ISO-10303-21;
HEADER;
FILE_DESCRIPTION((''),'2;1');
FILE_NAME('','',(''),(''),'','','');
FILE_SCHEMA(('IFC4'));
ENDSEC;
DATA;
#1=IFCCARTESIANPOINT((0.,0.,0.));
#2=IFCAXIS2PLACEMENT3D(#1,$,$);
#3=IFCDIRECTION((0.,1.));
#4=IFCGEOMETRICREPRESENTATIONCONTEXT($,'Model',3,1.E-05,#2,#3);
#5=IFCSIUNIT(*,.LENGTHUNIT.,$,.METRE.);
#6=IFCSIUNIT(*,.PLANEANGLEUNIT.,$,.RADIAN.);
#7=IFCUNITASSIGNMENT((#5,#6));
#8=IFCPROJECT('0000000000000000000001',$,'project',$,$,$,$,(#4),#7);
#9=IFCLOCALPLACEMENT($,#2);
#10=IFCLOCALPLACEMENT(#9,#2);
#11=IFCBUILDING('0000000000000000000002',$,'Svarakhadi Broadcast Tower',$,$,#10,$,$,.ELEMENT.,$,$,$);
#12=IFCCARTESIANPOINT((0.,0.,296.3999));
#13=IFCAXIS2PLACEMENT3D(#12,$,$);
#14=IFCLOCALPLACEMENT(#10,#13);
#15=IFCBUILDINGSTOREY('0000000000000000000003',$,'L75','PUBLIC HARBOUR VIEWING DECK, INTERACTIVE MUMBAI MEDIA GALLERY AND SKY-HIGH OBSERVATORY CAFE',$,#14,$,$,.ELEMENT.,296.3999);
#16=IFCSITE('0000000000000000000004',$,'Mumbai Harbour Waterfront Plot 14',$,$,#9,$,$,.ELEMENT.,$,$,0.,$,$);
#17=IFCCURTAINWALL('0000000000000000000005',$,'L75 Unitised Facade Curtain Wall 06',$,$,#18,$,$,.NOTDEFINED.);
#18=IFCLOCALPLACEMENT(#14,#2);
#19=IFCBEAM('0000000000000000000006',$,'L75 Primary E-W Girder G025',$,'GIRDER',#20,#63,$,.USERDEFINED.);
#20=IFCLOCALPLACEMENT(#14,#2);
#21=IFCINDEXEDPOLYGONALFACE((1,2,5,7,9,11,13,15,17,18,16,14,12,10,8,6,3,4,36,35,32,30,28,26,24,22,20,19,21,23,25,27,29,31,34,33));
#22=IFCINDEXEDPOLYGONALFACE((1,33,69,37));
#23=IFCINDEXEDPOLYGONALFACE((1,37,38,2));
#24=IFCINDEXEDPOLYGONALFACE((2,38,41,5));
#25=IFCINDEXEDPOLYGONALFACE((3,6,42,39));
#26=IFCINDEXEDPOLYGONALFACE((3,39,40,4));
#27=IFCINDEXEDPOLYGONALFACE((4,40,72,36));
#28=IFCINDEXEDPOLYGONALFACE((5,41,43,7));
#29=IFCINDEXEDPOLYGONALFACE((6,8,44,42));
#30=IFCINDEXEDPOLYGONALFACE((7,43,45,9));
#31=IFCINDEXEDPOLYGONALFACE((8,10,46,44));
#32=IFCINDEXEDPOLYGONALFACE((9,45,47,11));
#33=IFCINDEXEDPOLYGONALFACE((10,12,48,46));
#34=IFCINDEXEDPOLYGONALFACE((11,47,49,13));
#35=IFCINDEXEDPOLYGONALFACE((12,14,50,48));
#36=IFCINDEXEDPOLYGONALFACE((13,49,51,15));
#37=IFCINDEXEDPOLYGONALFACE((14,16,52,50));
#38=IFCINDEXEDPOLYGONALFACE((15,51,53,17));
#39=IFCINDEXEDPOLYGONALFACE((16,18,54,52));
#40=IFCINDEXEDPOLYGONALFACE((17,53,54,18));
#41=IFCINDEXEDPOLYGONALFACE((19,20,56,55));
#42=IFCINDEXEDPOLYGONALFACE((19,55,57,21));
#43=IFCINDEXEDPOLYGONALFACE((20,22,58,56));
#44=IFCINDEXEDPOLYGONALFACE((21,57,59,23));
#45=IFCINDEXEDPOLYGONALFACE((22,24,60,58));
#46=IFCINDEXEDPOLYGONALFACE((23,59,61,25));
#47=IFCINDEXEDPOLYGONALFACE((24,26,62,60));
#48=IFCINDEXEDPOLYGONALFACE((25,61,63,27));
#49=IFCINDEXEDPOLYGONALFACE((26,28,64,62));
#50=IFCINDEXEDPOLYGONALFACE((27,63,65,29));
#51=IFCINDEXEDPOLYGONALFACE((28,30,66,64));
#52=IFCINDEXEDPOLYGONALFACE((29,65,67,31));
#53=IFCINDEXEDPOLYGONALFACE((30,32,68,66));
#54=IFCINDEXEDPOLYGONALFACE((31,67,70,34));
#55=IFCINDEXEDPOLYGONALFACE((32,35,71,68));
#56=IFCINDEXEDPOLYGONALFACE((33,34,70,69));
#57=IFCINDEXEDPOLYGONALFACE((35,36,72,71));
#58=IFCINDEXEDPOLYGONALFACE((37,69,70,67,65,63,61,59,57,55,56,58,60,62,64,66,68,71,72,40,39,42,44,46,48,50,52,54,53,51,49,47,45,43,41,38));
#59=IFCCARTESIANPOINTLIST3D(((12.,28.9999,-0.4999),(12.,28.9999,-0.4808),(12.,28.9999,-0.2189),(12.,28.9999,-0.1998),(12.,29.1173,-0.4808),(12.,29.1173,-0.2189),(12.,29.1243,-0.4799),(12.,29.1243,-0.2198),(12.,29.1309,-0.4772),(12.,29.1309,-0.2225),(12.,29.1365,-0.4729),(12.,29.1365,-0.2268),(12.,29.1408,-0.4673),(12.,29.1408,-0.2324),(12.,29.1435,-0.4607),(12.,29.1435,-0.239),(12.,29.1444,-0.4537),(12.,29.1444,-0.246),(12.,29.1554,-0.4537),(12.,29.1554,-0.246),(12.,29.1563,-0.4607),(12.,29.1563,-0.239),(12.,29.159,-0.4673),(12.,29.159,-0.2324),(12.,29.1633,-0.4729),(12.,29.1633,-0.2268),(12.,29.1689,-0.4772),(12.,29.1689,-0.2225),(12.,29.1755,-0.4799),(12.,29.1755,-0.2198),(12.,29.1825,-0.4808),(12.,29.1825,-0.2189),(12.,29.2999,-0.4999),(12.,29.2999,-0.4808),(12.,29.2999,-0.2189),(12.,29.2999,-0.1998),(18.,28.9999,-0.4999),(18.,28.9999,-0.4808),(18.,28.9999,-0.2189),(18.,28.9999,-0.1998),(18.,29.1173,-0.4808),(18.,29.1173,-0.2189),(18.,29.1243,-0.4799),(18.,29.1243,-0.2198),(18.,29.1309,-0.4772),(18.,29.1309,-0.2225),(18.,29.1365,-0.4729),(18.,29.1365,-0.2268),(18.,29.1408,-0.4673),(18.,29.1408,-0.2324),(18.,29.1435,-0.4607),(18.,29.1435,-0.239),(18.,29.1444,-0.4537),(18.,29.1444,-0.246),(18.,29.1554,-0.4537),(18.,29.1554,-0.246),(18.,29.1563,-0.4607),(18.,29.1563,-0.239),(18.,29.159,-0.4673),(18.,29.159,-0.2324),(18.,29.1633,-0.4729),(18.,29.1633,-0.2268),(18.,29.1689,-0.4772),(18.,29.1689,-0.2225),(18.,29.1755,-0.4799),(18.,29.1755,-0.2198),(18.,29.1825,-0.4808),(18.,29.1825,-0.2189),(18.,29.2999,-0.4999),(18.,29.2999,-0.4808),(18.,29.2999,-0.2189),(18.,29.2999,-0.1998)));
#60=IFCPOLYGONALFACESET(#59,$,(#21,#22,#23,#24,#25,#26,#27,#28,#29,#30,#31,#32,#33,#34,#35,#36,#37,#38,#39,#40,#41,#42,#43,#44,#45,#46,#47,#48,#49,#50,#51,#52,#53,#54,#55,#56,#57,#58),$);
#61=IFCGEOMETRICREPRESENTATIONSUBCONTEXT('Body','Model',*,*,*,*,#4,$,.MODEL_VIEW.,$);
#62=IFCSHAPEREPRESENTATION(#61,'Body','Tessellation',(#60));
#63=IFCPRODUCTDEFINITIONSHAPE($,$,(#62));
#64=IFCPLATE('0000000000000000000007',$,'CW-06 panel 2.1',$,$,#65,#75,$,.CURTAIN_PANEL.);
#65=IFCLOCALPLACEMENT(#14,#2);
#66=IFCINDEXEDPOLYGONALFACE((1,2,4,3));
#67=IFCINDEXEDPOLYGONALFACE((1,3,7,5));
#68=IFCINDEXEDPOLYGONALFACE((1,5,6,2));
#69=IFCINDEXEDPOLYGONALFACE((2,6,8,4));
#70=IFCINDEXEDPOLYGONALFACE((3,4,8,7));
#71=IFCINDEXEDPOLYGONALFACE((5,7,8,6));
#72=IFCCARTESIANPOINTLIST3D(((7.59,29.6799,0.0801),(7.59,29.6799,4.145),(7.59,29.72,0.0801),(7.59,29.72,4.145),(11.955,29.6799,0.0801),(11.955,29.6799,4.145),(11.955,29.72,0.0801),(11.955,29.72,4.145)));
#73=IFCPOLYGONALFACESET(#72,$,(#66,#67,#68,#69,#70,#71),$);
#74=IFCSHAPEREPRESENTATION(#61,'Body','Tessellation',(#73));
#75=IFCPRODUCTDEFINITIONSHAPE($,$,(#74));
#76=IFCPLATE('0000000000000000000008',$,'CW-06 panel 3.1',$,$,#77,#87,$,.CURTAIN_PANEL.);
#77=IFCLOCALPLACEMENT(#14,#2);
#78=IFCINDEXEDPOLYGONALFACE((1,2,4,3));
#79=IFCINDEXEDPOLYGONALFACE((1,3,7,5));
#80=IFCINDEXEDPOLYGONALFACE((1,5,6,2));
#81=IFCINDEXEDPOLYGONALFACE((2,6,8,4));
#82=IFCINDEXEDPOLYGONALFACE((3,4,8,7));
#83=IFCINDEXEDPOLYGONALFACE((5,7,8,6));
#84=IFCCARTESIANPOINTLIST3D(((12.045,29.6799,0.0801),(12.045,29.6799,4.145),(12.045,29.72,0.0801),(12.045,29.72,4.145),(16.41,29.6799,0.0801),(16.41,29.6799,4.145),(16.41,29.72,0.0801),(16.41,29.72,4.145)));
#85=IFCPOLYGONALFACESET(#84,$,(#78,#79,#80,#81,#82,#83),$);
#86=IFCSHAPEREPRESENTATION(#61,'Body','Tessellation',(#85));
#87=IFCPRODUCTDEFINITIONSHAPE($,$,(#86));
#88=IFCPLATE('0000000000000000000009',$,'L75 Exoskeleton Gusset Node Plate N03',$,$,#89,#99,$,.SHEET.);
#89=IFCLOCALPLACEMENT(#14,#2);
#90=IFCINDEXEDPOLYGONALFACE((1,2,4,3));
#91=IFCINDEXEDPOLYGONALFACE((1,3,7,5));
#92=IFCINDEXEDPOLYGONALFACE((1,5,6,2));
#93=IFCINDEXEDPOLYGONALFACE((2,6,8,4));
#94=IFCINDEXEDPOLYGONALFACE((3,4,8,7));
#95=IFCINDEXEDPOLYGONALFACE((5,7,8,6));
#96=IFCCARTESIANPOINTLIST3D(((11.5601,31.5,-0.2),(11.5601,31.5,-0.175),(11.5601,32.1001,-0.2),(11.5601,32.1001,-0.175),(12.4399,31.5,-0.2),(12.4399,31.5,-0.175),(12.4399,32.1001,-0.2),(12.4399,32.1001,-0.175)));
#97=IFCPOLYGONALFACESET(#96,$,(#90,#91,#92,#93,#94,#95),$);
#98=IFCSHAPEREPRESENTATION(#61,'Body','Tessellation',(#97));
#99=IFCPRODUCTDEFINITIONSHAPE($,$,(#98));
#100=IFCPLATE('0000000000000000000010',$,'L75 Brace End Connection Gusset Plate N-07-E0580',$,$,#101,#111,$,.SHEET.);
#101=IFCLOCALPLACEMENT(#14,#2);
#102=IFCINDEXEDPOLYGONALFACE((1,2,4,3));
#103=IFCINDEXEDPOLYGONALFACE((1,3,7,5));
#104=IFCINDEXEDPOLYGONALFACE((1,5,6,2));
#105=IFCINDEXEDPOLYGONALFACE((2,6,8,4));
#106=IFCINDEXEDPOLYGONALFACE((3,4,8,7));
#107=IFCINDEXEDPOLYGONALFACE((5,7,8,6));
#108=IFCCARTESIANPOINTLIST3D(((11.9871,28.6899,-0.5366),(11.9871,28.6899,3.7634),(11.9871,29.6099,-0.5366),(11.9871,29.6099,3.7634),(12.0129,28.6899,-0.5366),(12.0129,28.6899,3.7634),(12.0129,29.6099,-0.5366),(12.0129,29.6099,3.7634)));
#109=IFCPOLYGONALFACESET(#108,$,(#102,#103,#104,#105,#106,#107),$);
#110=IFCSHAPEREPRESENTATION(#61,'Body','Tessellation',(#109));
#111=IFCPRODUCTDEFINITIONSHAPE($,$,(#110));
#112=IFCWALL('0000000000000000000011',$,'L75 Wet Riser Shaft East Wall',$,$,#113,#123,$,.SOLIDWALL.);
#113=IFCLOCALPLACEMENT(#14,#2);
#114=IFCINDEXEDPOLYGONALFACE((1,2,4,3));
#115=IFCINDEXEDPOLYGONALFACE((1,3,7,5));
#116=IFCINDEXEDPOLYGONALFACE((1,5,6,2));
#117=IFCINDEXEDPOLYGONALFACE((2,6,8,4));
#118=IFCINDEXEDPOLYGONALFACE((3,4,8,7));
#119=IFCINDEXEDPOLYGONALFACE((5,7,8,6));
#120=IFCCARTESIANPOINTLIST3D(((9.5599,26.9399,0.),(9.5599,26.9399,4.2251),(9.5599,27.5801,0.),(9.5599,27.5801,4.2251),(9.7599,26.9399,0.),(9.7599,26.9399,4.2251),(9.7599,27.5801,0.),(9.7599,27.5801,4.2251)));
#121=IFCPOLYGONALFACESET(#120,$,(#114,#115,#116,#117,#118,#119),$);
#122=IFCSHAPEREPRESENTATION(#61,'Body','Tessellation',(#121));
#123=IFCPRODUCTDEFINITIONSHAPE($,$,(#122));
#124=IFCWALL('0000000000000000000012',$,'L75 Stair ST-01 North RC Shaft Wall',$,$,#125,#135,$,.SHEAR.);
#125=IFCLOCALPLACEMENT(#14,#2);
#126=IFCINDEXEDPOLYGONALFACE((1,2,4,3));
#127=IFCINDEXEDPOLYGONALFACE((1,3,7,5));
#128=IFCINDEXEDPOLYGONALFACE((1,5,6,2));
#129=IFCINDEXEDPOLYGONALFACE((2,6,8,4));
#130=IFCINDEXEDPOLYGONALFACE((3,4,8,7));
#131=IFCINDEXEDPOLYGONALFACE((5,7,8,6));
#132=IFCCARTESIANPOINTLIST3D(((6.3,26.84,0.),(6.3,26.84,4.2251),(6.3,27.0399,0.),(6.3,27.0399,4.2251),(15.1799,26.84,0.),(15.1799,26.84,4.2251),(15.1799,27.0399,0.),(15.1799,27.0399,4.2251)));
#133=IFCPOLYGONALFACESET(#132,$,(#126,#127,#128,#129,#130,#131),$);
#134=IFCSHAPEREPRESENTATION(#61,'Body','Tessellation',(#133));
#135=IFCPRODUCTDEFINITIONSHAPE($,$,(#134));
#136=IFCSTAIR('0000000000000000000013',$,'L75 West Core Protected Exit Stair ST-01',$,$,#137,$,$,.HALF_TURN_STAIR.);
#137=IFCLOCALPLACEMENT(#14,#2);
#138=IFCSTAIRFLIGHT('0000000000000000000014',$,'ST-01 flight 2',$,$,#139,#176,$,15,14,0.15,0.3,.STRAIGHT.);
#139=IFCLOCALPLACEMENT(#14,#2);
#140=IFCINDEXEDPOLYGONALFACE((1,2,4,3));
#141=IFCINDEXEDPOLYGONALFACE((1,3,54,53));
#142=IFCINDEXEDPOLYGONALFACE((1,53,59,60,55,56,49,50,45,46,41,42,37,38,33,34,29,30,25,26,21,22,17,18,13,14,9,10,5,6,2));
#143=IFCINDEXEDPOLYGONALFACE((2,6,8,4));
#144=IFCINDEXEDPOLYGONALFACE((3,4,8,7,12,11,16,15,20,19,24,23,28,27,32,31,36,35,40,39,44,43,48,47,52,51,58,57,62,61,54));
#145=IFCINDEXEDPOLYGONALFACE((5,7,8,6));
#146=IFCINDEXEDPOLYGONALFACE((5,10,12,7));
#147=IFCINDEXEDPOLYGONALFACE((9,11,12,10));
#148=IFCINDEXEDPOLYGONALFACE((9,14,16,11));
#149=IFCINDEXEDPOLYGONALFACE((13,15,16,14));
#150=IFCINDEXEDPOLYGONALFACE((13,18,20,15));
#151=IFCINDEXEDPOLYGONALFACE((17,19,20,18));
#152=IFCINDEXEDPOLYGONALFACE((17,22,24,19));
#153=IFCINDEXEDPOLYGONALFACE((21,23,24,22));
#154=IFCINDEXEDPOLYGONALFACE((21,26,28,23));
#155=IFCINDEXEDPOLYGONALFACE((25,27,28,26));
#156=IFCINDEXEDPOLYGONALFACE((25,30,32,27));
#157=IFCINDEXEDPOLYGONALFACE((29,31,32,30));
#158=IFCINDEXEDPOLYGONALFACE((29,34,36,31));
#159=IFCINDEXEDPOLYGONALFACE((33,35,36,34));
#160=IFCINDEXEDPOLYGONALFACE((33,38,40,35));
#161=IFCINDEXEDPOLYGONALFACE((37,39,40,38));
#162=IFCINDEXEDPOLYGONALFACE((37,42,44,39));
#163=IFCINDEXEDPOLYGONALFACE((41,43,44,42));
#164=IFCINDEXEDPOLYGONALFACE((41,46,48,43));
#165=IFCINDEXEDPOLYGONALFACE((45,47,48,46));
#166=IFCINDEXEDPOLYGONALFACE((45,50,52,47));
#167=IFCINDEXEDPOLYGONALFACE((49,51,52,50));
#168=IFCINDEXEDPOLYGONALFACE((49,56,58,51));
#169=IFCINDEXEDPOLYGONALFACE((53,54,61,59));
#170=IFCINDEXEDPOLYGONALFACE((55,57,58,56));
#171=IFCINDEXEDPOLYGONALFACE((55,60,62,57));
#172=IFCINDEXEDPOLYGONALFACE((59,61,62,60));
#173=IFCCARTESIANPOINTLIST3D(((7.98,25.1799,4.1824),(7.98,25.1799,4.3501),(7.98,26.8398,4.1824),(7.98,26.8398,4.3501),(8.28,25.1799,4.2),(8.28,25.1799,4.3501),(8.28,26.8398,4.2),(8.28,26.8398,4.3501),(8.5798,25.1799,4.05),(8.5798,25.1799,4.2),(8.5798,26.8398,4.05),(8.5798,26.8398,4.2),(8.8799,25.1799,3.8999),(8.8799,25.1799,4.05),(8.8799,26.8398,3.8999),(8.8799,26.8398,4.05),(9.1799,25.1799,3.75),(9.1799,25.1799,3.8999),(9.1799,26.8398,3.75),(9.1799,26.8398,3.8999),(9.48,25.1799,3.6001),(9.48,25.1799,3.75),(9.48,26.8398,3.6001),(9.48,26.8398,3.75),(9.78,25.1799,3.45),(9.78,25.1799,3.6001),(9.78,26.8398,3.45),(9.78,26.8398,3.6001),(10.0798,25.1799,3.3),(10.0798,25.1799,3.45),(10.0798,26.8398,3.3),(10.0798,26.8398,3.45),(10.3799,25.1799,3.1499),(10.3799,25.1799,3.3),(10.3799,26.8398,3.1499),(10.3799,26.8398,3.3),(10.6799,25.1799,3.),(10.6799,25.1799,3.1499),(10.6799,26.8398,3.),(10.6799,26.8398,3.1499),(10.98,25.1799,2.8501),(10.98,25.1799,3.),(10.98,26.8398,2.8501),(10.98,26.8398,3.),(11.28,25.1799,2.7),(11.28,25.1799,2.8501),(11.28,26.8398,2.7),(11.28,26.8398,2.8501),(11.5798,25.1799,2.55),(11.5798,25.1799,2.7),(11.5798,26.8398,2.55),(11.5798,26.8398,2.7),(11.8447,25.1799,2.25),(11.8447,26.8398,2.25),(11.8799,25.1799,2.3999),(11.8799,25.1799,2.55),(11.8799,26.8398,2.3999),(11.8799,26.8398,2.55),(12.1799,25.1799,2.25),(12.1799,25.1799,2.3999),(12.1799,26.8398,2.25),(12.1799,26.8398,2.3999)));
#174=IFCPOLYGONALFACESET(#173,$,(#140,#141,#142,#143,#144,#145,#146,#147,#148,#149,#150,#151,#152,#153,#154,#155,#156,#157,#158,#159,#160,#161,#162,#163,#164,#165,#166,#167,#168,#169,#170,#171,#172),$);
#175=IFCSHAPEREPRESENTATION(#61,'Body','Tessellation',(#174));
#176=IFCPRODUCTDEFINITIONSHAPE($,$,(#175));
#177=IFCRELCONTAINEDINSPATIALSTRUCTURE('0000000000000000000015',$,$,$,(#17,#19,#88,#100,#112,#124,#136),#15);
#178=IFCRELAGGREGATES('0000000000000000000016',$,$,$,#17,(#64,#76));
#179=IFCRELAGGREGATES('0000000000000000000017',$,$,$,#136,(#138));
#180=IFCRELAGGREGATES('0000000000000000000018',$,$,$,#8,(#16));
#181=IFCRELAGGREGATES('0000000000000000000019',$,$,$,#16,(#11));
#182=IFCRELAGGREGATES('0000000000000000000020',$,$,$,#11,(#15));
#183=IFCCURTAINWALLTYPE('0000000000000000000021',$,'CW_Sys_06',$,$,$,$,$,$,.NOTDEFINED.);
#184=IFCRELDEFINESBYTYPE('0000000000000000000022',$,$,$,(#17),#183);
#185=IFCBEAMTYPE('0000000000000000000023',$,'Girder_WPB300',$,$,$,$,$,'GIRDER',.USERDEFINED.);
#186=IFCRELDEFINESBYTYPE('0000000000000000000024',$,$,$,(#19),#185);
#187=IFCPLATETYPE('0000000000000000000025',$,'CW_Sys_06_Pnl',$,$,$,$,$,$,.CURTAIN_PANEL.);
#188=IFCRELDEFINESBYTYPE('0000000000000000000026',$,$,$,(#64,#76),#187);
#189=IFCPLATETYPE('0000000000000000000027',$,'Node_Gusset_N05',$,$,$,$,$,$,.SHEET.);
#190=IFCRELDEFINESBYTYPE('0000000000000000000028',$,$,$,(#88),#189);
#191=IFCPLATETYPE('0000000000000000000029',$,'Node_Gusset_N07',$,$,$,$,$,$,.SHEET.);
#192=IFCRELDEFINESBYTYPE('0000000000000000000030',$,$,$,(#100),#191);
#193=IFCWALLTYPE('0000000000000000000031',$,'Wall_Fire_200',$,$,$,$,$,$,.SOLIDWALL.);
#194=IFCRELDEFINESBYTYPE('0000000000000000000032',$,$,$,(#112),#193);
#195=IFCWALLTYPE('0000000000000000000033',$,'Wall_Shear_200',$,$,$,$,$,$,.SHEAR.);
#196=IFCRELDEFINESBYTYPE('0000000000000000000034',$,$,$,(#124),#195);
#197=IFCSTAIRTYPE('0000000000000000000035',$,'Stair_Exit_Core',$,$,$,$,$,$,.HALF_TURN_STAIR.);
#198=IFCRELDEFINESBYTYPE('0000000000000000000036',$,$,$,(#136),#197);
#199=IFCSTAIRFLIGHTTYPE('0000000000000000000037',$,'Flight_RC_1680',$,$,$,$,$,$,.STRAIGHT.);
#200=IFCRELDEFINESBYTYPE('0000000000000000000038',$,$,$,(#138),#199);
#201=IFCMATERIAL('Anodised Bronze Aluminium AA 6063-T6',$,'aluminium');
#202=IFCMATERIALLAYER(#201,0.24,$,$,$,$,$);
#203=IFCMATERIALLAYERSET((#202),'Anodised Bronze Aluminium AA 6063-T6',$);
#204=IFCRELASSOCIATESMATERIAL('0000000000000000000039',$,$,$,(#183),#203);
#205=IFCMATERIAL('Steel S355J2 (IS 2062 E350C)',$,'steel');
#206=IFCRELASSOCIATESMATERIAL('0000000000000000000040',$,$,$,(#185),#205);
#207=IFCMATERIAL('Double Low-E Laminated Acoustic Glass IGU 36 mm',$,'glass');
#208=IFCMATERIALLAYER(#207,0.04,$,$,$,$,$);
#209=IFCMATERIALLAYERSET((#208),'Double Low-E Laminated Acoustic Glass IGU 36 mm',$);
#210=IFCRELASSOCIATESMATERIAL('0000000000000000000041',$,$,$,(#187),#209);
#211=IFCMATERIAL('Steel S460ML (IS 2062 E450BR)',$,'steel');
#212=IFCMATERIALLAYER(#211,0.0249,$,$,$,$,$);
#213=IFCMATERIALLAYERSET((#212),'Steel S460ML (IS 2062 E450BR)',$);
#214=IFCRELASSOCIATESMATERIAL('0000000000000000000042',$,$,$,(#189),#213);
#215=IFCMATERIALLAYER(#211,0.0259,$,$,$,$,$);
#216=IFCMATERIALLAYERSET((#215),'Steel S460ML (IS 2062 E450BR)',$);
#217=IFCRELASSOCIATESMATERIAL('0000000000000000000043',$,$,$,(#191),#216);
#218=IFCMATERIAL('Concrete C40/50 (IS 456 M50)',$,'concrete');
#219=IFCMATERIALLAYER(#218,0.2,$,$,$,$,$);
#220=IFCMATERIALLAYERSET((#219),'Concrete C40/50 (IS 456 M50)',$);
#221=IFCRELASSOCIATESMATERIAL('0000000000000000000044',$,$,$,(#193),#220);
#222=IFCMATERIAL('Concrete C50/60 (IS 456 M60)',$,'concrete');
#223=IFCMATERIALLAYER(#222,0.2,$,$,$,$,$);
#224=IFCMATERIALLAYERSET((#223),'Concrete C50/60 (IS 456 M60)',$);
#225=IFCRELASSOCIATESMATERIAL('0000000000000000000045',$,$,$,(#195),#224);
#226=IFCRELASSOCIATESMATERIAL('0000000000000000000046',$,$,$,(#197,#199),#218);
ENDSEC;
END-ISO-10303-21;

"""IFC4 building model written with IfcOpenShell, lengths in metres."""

from ifc_helpers import new_model, si_unit, direction, frame, frame_2d, origin, origin_2d, place, context, subcontext, project, spatial, polyline, rectangle, i_section, outline, extrude, material, layer, layer_set, material_profile, profile_set, type_object, element, aggregate, save


model = new_model("IFC4")

# Units and contexts
model_context = context("Model", 3, precision=1e-05, world=origin(), true_north=direction((0.0, 1.0)))
body_context = subcontext(model_context, "Body", "Model", "MODEL_VIEW")
ifc_project = project(units=[si_unit("LENGTHUNIT", "METRE"), si_unit("PLANEANGLEUNIT", "RADIAN")], contexts=[model_context])

# Site, building, storey
site_placement = place(None, origin())
site = spatial("IfcSite", under=ifc_project, at=site_placement, Name="Mumbai Harbour Waterfront Plot 14", CompositionType="ELEMENT", RefElevation=0.0)
building_placement = place(site_placement, origin())
building = spatial("IfcBuilding", under=site, at=building_placement, Name="Svarakhadi Broadcast Tower", CompositionType="ELEMENT")
storey_placement = place(building_placement, frame((0.0, 0.0, 296.3999)))
storey = spatial("IfcBuildingStorey", under=building, at=storey_placement, Name="L75", Description="PUBLIC HARBOUR VIEWING DECK, INTERACTIVE MUMBAI MEDIA GALLERY AND SKY-HIGH OBSERVATORY CAFE", CompositionType="ELEMENT", Elevation=296.3999)

# Shared definitions
ifc_material_1 = material(Name="Steel S460ML (IS 2062 E450BR)", Category="steel")

# Curtain wall
ifc_material_2 = material(Name="Anodised Bronze Aluminium AA 6063-T6", Category="aluminium")
ifc_layer_1 = layer(ifc_material_2, 0.24)
ifc_layer_set_1 = layer_set([ifc_layer_1], Name="Anodised Bronze Aluminium AA 6063-T6")
curtain_wall_type = type_object("IfcCurtainWallType", Name="CW_Sys_06", PredefinedType="NOTDEFINED", material=ifc_layer_set_1)
curtain_wall_placement = place(storey_placement, origin())
curtain_wall = element("IfcCurtainWall", 1, at=curtain_wall_placement, inside=storey, type_object=curtain_wall_type, Name="L75 Unitised Facade Curtain Wall 06", PredefinedType="NOTDEFINED")

# Beam
ifc_material_3 = material(Name="Steel S355J2 (IS 2062 E350C)", Category="steel")
ifc_material_profile_1 = material_profile(ifc_material_3, i_section(OverallWidth=0.3, OverallDepth=0.3, WebThickness=0.011, FlangeThickness=0.019, FilletRadius=0.0271, at=origin_2d()), Name="WPB 300x300x117")
ifc_profile_set_1 = profile_set([ifc_material_profile_1], Name="Steel S355J2 (IS 2062 E350C)")
beam_type = type_object("IfcBeamType", Name="Girder_WPB300", ElementType="GIRDER", PredefinedType="USERDEFINED", material=ifc_profile_set_1)
beam_placement = place(storey_placement, frame((12.0, 29.1499, -0.3499), z_axis=(1.0, 0.0, 0.0), x_axis=(0.0, 1.0, 0.0)))
element("IfcBeam", 2, at=beam_placement, inside=storey, type_object=beam_type, Name="L75 Primary E-W Girder G025", ObjectType="GIRDER", PredefinedType="USERDEFINED", context=body_context, shape_type="SweptSolid", body=[
    extrude(i_section(OverallWidth=0.3, OverallDepth=0.3, WebThickness=0.011, FlangeThickness=0.019, FilletRadius=0.0271, at=origin_2d()), origin(), (0.0, 0.0, 1.0), 6.0),
])

# Plates
ifc_material_4 = material(Name="Double Low-E Laminated Acoustic Glass IGU 36 mm", Category="glass")
ifc_layer_2 = layer(ifc_material_4, 0.04)
ifc_layer_set_2 = layer_set([ifc_layer_2], Name="Double Low-E Laminated Acoustic Glass IGU 36 mm")
plate_type_1 = type_object("IfcPlateType", Name="CW_Sys_06_Pnl", PredefinedType="CURTAIN_PANEL", material=ifc_layer_set_2)
plate_1_placement = place(storey_placement, frame((9.7725, 29.7, 0.0801), z_axis=(0.0, 0.0, 1.0), x_axis=(1.0, 0.0, 0.0)))
plate_1 = element("IfcPlate", 3, at=plate_1_placement, type_object=plate_type_1, Name="CW-06 panel 2.1", PredefinedType="CURTAIN_PANEL", context=body_context, shape_type="SweptSolid", body=[
    extrude(rectangle(XDim=4.365, YDim=0.04, at=origin_2d()), origin(), (0.0, 0.0, 1.0), 4.0649),
])
plate_2_placement = place(storey_placement, frame((14.2275, 29.7, 0.0801), z_axis=(0.0, 0.0, 1.0), x_axis=(1.0, 0.0, 0.0)))
plate_2 = element("IfcPlate", 4, at=plate_2_placement, type_object=plate_type_1, Name="CW-06 panel 3.1", PredefinedType="CURTAIN_PANEL", context=body_context, shape_type="SweptSolid", body=[
    extrude(rectangle(XDim=4.365, YDim=0.04, at=origin_2d()), origin(), (0.0, 0.0, 1.0), 4.0649),
])
aggregate(curtain_wall, [plate_1, plate_2])

# Plates
ifc_layer_3 = layer(ifc_material_1, 0.0249)
ifc_layer_set_3 = layer_set([ifc_layer_3], Name="Steel S460ML (IS 2062 E450BR)")
plate_type_2 = type_object("IfcPlateType", Name="Node_Gusset_N05", PredefinedType="SHEET", material=ifc_layer_set_3)
plate_3_placement = place(storey_placement, frame((12.0, 31.8, -0.2), z_axis=(0.0, 0.0, 1.0), x_axis=(1.0, 0.0, 0.0)))
element("IfcPlate", 5, at=plate_3_placement, inside=storey, type_object=plate_type_2, Name="L75 Exoskeleton Gusset Node Plate N03", PredefinedType="SHEET", context=body_context, shape_type="SweptSolid", body=[
    extrude(rectangle(XDim=0.8799, YDim=0.6001, at=origin_2d()), origin(), (0.0, 0.0, 1.0), 0.0249),
])
ifc_layer_4 = layer(ifc_material_1, 0.0259)
ifc_layer_set_4 = layer_set([ifc_layer_4], Name="Steel S460ML (IS 2062 E450BR)")
plate_type_3 = type_object("IfcPlateType", Name="Node_Gusset_N07", PredefinedType="SHEET", material=ifc_layer_set_4)
plate_4_placement = place(storey_placement, frame((12.0, 29.1499, -0.5366), z_axis=(0.0, 0.0, 1.0), x_axis=(0.0, 1.0, 0.0)))
element("IfcPlate", 6, at=plate_4_placement, inside=storey, type_object=plate_type_3, Name="L75 Brace End Connection Gusset Plate N-07-E0580", PredefinedType="SHEET", context=body_context, shape_type="SweptSolid", body=[
    extrude(rectangle(XDim=0.9199, YDim=0.0259, at=origin_2d()), origin(), (0.0, 0.0, 1.0), 4.3),
])

# Walls
ifc_material_5 = material(Name="Concrete C40/50 (IS 456 M50)", Category="concrete")
ifc_layer_5 = layer(ifc_material_5, 0.2)
ifc_layer_set_5 = layer_set([ifc_layer_5], Name="Concrete C40/50 (IS 456 M50)")
wall_type_1 = type_object("IfcWallType", Name="Wall_Fire_200", PredefinedType="SOLIDWALL", material=ifc_layer_set_5)
wall_1_placement = place(storey_placement, frame((9.6599, 26.9399, 0.0), z_axis=(0.0, 0.0, 1.0), x_axis=(0.0, 1.0, 0.0)))
element("IfcWall", 7, at=wall_1_placement, inside=storey, type_object=wall_type_1, Name="L75 Wet Riser Shaft East Wall", PredefinedType="SOLIDWALL", context=body_context, shape_type="SweptSolid", body=[
    extrude(rectangle(XDim=0.6401, YDim=0.2, at=frame_2d((0.3201, 0.0))), origin(), (0.0, 0.0, 1.0), 4.2251),
])
ifc_material_6 = material(Name="Concrete C50/60 (IS 456 M60)", Category="concrete")
ifc_layer_6 = layer(ifc_material_6, 0.2)
ifc_layer_set_6 = layer_set([ifc_layer_6], Name="Concrete C50/60 (IS 456 M60)")
wall_type_2 = type_object("IfcWallType", Name="Wall_Shear_200", PredefinedType="SHEAR", material=ifc_layer_set_6)
wall_2_placement = place(storey_placement, frame((6.3, 26.9399, 0.0), z_axis=(0.0, 0.0, 1.0), x_axis=(1.0, 0.0, 0.0)))
element("IfcWall", 8, at=wall_2_placement, inside=storey, type_object=wall_type_2, Name="L75 Stair ST-01 North RC Shaft Wall", PredefinedType="SHEAR", context=body_context, shape_type="SweptSolid", body=[
    extrude(rectangle(XDim=8.8799, YDim=0.2, at=frame_2d((4.4399, 0.0))), origin(), (0.0, 0.0, 1.0), 4.2251),
])

# Stair, stair flight
stair_type = type_object("IfcStairType", Name="Stair_Exit_Core", PredefinedType="HALF_TURN_STAIR", material=ifc_material_5)
stair_placement = place(storey_placement, origin())
stair = element("IfcStair", 9, at=stair_placement, inside=storey, type_object=stair_type, Name="L75 West Core Protected Exit Stair ST-01", PredefinedType="HALF_TURN_STAIR")
stair_flight_type = type_object("IfcStairFlightType", Name="Flight_RC_1680", PredefinedType="STRAIGHT", material=ifc_material_5)
stair_flight_placement = place(storey_placement, frame((12.1799, 26.01, 2.25), z_axis=(0.0, 0.0, 1.0), x_axis=(-1.0, 0.0, 0.0)))
stair_flight = element("IfcStairFlight", 10, at=stair_flight_placement, type_object=stair_flight_type, Name="ST-01 flight 2", NumberOfRisers=15, NumberOfTreads=14, PredefinedType="STRAIGHT", RiserHeight=0.15, TreadLength=0.3, context=body_context, shape_type="SweptSolid", body=[
    extrude(outline(polyline([(0.0, 0.0), (0.0, 0.1499), (0.3, 0.1499), (0.3, 0.3), (0.6001, 0.3), (0.6001, 0.45), (0.8999, 0.45), (0.8999, 0.6001), (1.2, 0.6001), (1.2, 0.75), (1.5, 0.75), (1.5, 0.8999), (1.8, 0.8999), (1.8, 1.05), (2.1001, 1.05), (2.1001, 1.2), (2.3999, 1.2), (2.3999, 1.3501), (2.7, 1.3501), (2.7, 1.5), (3.0, 1.5), (3.0, 1.6499), (3.3, 1.6499), (3.3, 1.8), (3.6001, 1.8), (3.6001, 1.95), (3.8999, 1.95), (3.8999, 2.1001), (4.2, 2.1001), (4.2, 2.25), (4.2, 1.9324), (0.3352, 0.0), (0.0, 0.0)])), frame((0.0, 0.8301, 0.0), z_axis=(0.0, -1.0, 0.0), x_axis=(1.0, 0.0, 0.0)), (0.0, 0.0, 1.0), 1.6599),
])
aggregate(stair, [stair_flight])

save(model, "model.ifc")
